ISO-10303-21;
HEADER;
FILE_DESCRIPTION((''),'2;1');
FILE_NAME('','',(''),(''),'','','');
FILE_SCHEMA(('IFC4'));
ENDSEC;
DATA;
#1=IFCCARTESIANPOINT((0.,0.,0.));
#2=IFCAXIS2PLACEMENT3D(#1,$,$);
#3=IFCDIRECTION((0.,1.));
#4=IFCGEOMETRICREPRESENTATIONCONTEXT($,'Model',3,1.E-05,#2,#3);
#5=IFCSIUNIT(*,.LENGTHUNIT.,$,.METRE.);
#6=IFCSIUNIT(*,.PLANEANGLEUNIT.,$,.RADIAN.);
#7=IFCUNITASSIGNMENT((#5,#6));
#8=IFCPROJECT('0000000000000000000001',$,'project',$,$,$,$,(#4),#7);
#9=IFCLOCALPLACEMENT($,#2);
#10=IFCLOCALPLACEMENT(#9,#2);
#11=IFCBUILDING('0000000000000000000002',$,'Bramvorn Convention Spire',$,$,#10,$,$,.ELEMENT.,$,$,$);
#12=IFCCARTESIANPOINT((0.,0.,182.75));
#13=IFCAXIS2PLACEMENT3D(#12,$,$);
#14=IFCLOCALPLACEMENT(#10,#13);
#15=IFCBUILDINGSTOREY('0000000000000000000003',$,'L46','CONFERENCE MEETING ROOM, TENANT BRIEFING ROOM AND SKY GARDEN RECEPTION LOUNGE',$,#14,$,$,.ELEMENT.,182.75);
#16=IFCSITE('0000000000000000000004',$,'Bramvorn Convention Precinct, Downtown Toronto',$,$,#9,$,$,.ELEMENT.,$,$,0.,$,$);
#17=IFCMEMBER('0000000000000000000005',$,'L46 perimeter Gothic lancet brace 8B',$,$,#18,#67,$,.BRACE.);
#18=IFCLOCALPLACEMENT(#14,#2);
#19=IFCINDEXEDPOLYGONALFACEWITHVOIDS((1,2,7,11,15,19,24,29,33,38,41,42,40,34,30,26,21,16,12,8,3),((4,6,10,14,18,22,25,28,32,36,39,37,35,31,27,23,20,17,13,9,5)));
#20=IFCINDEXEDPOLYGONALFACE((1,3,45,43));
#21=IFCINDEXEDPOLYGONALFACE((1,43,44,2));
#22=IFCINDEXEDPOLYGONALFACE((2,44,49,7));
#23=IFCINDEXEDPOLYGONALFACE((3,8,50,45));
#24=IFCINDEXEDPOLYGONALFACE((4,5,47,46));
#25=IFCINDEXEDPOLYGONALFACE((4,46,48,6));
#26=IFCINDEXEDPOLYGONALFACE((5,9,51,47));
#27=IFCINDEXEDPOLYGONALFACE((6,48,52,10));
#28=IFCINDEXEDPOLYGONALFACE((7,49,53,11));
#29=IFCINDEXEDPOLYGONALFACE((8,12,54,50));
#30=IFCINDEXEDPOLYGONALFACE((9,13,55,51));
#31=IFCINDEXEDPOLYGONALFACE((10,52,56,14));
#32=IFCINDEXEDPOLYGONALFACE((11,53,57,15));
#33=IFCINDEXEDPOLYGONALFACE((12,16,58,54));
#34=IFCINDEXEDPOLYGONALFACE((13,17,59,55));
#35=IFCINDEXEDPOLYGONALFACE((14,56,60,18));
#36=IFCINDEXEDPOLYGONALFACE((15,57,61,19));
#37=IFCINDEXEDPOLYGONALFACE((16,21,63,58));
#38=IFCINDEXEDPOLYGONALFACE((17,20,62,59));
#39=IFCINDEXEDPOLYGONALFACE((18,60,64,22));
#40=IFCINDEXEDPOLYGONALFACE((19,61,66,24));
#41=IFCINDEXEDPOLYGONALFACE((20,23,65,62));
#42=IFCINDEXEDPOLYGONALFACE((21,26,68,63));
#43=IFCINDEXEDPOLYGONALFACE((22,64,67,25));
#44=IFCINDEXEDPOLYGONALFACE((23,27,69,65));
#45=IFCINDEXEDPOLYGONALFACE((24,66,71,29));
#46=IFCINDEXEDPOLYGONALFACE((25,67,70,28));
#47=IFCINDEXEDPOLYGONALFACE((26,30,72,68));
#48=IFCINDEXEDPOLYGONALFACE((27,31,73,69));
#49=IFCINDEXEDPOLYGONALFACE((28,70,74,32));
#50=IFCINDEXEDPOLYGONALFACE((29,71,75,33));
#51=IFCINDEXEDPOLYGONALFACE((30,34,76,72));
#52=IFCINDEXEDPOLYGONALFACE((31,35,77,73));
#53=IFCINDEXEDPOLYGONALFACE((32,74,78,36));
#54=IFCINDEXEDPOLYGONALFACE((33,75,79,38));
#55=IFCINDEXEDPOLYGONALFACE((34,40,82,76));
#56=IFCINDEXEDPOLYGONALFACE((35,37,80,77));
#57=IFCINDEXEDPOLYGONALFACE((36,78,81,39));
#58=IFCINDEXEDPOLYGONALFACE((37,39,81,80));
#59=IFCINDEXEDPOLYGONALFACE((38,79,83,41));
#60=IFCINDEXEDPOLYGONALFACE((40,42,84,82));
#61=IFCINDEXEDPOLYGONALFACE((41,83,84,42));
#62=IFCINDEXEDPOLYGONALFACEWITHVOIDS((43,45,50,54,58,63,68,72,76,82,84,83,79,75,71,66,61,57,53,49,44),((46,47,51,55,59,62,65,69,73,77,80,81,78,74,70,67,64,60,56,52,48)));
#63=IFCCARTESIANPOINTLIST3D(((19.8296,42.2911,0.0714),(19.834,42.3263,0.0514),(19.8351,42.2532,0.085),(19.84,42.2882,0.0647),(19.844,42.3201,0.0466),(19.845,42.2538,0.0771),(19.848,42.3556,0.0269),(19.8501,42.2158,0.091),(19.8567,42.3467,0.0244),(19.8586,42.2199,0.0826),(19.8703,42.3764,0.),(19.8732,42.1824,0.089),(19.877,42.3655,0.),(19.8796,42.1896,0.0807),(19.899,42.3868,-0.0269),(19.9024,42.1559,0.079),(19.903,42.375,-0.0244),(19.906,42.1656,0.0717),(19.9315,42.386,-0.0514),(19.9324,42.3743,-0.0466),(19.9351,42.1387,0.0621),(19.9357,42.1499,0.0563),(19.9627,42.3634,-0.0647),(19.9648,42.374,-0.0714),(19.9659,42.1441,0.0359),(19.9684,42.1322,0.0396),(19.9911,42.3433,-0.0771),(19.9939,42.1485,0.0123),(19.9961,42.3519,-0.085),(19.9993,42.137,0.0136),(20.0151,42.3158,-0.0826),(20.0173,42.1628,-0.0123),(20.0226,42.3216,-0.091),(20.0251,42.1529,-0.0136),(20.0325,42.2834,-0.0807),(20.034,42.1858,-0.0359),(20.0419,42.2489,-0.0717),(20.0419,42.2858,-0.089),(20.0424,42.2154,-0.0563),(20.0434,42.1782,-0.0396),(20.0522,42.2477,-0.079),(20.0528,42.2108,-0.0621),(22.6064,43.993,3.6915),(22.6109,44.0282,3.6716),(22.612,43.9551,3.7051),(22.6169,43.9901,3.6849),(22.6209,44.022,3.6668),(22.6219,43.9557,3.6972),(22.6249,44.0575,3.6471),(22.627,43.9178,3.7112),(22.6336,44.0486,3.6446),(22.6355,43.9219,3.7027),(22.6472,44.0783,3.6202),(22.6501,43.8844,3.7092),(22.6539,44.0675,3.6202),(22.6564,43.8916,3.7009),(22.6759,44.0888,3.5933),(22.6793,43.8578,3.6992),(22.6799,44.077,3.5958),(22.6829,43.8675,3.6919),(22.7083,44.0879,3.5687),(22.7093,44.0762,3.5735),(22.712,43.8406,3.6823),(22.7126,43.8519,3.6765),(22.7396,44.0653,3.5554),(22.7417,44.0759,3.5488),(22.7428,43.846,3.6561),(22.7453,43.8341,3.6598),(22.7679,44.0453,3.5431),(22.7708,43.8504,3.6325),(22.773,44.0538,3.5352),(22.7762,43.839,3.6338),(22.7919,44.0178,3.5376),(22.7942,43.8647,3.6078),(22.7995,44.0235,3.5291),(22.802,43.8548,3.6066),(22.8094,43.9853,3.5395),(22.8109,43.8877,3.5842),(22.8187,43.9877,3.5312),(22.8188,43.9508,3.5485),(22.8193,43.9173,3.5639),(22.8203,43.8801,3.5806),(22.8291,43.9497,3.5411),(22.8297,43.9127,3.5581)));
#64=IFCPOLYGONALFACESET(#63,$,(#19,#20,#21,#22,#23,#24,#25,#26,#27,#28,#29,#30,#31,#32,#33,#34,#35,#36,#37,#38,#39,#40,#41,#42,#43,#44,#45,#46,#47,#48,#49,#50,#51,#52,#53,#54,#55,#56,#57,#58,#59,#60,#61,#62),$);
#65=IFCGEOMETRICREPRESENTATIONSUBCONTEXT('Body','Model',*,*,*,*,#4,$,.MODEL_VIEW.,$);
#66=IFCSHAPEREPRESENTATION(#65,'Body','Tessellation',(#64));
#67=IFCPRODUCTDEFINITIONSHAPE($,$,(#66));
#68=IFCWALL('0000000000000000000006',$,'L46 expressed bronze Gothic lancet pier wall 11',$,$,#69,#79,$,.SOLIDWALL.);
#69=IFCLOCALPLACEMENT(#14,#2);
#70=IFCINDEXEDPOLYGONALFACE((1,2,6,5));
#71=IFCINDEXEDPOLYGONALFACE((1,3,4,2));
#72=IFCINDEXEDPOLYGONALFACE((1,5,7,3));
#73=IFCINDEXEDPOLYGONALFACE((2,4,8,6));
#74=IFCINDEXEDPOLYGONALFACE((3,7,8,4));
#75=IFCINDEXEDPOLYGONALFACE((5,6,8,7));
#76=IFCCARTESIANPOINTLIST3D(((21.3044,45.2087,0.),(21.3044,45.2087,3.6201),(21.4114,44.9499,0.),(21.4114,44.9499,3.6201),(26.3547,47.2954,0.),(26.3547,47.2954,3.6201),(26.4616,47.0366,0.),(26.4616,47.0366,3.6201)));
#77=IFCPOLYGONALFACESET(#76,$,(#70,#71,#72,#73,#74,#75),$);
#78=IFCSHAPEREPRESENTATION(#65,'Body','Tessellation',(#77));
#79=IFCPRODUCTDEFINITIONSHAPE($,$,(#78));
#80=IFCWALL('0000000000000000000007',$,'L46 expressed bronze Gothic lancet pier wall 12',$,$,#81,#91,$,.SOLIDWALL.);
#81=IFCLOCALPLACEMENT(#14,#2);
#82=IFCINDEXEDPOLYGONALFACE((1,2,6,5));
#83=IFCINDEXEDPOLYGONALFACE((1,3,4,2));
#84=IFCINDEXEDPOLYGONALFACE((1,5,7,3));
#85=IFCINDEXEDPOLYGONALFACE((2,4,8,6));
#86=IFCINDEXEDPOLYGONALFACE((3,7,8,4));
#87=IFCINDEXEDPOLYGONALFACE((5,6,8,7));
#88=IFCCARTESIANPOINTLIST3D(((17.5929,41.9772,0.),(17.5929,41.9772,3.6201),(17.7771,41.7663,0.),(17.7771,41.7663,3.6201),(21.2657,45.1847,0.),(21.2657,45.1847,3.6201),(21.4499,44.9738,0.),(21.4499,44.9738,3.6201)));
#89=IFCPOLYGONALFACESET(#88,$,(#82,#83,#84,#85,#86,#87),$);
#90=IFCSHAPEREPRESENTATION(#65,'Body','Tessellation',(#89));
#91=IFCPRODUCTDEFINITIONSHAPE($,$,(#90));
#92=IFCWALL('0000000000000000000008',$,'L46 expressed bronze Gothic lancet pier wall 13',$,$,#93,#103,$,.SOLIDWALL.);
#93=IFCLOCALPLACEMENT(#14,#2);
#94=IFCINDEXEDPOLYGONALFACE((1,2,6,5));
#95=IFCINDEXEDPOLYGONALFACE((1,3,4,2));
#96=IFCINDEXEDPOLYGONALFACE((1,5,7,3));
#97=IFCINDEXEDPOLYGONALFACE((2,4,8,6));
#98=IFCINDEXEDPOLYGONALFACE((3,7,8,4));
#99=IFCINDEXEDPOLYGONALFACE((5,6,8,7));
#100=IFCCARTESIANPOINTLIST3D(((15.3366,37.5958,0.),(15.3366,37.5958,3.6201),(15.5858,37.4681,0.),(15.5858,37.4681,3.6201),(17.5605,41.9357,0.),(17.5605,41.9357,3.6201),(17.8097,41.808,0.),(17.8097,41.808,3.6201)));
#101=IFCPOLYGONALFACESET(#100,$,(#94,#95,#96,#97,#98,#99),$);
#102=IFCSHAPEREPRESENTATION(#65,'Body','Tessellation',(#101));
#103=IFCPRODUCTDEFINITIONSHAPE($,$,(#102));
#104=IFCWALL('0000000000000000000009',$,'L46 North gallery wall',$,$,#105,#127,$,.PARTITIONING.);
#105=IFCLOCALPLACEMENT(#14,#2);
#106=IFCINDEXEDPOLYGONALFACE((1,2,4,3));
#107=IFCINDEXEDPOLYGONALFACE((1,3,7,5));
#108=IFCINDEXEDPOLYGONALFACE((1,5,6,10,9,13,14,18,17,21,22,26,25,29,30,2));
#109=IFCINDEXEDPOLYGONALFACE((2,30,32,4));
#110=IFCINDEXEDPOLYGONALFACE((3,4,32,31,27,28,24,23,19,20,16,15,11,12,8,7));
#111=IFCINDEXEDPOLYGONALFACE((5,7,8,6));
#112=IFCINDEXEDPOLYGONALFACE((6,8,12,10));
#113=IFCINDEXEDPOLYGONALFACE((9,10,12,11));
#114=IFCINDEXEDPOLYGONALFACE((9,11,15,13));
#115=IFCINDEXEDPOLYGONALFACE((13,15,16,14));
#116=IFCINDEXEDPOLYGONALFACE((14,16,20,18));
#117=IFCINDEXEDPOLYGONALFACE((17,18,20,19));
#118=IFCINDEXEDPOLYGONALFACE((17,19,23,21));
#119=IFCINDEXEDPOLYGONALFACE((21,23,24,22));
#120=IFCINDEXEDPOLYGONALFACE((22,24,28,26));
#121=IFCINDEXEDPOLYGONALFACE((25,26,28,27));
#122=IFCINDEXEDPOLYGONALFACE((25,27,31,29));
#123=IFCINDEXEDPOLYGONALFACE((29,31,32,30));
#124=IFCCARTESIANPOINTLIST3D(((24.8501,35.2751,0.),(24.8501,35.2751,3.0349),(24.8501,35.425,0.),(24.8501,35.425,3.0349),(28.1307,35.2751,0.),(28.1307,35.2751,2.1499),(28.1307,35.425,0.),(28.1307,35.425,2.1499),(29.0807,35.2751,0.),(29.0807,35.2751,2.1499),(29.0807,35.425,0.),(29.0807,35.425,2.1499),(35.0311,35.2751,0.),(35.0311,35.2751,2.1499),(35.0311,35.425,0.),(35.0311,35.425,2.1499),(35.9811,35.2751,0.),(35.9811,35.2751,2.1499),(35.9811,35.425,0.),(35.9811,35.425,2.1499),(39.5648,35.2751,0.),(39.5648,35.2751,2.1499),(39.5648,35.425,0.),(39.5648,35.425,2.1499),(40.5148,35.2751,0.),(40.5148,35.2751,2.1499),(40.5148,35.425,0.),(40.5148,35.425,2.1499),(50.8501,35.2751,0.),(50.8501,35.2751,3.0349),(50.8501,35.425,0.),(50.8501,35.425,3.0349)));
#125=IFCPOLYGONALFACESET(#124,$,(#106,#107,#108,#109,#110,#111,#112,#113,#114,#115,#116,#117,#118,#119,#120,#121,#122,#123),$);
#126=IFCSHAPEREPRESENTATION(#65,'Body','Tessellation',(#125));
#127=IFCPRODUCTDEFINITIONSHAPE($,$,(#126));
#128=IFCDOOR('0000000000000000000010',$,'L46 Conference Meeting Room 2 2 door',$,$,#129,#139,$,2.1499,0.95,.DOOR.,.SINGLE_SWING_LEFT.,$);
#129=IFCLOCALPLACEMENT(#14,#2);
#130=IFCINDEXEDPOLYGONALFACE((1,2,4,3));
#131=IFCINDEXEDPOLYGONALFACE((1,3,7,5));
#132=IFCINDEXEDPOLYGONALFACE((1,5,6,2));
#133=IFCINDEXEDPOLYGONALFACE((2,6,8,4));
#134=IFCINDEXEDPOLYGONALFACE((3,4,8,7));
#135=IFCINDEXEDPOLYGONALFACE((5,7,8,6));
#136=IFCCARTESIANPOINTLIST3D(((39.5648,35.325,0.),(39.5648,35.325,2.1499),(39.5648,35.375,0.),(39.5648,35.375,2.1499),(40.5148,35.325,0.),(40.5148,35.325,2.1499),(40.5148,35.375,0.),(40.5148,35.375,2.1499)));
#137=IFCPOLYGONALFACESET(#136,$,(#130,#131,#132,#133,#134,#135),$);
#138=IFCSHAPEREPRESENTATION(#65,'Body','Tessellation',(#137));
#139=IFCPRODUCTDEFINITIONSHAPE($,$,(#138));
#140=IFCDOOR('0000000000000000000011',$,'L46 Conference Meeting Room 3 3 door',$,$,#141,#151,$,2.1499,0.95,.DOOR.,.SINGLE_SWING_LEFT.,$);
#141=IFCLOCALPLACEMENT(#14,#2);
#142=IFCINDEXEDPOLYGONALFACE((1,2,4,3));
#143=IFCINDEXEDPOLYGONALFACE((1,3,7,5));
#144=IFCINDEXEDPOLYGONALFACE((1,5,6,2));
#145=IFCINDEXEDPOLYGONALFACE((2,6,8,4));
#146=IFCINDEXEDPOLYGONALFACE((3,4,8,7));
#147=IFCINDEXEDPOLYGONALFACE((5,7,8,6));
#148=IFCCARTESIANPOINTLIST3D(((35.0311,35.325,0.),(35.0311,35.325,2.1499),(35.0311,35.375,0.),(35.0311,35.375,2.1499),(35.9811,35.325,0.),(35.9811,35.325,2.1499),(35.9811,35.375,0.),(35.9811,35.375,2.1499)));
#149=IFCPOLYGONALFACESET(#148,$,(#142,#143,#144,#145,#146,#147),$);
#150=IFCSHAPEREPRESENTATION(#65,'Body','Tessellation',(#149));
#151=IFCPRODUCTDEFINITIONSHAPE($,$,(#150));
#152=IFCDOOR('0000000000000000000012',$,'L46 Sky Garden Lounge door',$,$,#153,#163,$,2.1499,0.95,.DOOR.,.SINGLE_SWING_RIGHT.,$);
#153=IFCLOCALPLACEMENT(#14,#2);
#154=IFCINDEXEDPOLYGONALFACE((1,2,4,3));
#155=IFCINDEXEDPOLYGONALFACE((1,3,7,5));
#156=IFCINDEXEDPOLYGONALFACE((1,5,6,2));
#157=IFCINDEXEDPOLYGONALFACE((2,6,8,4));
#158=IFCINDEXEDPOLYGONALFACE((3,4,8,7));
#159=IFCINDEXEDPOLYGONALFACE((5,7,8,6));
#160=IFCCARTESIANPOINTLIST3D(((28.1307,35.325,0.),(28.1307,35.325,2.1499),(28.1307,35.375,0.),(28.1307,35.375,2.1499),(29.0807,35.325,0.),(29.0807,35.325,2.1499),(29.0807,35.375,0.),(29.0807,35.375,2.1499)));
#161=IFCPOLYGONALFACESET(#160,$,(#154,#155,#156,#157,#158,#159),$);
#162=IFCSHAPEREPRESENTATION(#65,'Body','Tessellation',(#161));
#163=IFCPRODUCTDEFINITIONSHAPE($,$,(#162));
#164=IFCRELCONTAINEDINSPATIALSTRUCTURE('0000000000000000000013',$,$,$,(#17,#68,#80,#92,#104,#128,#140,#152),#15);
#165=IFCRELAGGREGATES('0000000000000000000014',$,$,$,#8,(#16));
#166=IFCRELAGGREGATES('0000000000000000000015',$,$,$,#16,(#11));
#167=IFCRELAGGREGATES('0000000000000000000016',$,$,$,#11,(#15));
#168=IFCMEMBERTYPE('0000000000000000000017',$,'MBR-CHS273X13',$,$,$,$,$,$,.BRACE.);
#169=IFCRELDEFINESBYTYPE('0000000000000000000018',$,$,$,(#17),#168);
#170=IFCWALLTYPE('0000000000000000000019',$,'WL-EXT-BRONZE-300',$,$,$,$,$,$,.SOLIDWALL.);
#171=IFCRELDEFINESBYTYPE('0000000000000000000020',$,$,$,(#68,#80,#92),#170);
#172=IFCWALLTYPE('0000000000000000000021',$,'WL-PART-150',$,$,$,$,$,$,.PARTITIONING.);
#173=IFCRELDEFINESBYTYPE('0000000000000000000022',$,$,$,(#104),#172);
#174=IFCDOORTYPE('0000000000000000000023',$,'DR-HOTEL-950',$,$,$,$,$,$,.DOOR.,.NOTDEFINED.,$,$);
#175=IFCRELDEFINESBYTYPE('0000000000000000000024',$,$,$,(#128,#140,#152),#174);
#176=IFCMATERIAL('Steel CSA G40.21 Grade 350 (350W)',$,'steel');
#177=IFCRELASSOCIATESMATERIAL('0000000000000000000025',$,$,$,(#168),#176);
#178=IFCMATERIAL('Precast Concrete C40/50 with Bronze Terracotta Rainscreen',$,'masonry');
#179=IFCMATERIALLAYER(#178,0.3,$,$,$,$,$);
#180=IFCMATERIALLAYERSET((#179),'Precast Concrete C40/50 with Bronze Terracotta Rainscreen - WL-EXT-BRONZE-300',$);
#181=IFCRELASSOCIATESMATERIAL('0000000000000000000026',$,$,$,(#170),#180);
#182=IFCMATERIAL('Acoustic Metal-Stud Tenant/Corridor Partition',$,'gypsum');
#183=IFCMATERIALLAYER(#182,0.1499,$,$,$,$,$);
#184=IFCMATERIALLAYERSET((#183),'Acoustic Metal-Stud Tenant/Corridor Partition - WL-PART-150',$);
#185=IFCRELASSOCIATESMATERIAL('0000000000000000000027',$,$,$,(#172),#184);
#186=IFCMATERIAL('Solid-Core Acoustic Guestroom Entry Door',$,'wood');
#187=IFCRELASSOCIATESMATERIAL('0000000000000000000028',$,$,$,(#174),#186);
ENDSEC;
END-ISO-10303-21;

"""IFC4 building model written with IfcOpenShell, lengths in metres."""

from ifc_helpers import new_model, si_unit, direction, frame, frame_2d, origin, origin_2d, place, context, subcontext, project, spatial, rectangle, hollow_circle, extrude, material, layer, layer_set, material_profile, profile_set, type_object, element, fill, save


model = new_model("IFC4")

# Units and contexts
model_context = context("Model", 3, precision=1e-05, world=origin(), true_north=direction((0.0, 1.0)))
body_context = subcontext(model_context, "Body", "Model", "MODEL_VIEW")
ifc_project = project(units=[si_unit("LENGTHUNIT", "METRE"), si_unit("PLANEANGLEUNIT", "RADIAN")], contexts=[model_context])

# Site, building, storey
site_placement = place(None, origin())
site = spatial("IfcSite", under=ifc_project, at=site_placement, Name="Bramvorn Convention Precinct, Downtown Toronto", CompositionType="ELEMENT", RefElevation=0.0)
building_placement = place(site_placement, origin())
building = spatial("IfcBuilding", under=site, at=building_placement, Name="Bramvorn Convention Spire", CompositionType="ELEMENT")
storey_placement = place(building_placement, frame((0.0, 0.0, 182.75)))
storey = spatial("IfcBuildingStorey", under=building, at=storey_placement, Name="L46", Description="CONFERENCE MEETING ROOM, TENANT BRIEFING ROOM AND SKY GARDEN RECEPTION LOUNGE", CompositionType="ELEMENT", Elevation=182.75)

# Shared definitions
ifc_material_1 = material(Name="Steel CSA G40.21 Grade 350 (350W)", Category="steel")

# Member
ifc_material_profile_1 = material_profile(ifc_material_1, hollow_circle(Radius=0.1365, WallThickness=0.0127, at=origin_2d()))
ifc_profile_set_1 = profile_set([ifc_material_profile_1], Name="Steel CSA G40.21 Grade 350 (350W) - CHS273X13")
member_type = type_object("IfcMemberType", Name="MBR-CHS273X13", PredefinedType="BRACE", material=ifc_profile_set_1)
member_placement = place(storey_placement, frame((19.9417, 42.26, 0.0), z_axis=(0.570247, 0.349498, 0.743417), x_axis=(-0.522553, 0.852607, 0.0)))
element("IfcMember", 1, at=member_placement, inside=storey, type_object=member_type, Name="L46 perimeter Gothic lancet brace 8B", PredefinedType="BRACE", context=body_context, shape_type="SweptSolid", body=[
    extrude(hollow_circle(Radius=0.1365, WallThickness=0.0127, at=origin_2d()), origin(), (0.0, 0.0, 1.0), 4.8696),
])

# Walls
ifc_material_2 = material(Name="Precast Concrete C40/50 with Bronze Terracotta Rainscreen", Category="masonry")
ifc_layer_1 = layer(ifc_material_2, 0.3)
ifc_layer_set_1 = layer_set([ifc_layer_1], Name="Precast Concrete C40/50 with Bronze Terracotta Rainscreen - WL-EXT-BRONZE-300")
wall_type_1 = type_object("IfcWallType", Name="WL-EXT-BRONZE-300", PredefinedType="SOLIDWALL", material=ifc_layer_set_1)
wall_1_placement = place(storey_placement, frame((21.3579, 45.0793, 0.0), z_axis=(0.0, 0.0, 1.0), x_axis=(0.924218, 0.381866, 0.0)))
element("IfcWall", 2, at=wall_1_placement, inside=storey, type_object=wall_type_1, Name="L46 expressed bronze Gothic lancet pier wall 11", PredefinedType="SOLIDWALL", context=body_context, shape_type="SweptSolid", body=[
    extrude(rectangle(XDim=5.4644, YDim=0.28, at=frame_2d((2.7322, 0.0))), origin(), (0.0, 0.0, 1.0), 3.6201),
])
wall_2_placement = place(storey_placement, frame((17.6851, 41.8718, 0.0), z_axis=(0.0, 0.0, 1.0), x_axis=(0.753209, 0.657781, 0.0)))
element("IfcWall", 3, at=wall_2_placement, inside=storey, type_object=wall_type_1, Name="L46 expressed bronze Gothic lancet pier wall 12", PredefinedType="SOLIDWALL", context=body_context, shape_type="SweptSolid", body=[
    extrude(rectangle(XDim=4.8762, YDim=0.28, at=frame_2d((2.438, 0.0))), origin(), (0.0, 0.0, 1.0), 3.6201),
])
wall_3_placement = place(storey_placement, frame((15.4612, 37.532, 0.0), z_axis=(0.0, 0.0, 1.0), x_axis=(0.456043, 0.889958, 0.0)))
element("IfcWall", 4, at=wall_3_placement, inside=storey, type_object=wall_type_1, Name="L46 expressed bronze Gothic lancet pier wall 13", PredefinedType="SOLIDWALL", context=body_context, shape_type="SweptSolid", body=[
    extrude(rectangle(XDim=4.8765, YDim=0.28, at=frame_2d((2.4382, 0.0))), origin(), (0.0, 0.0, 1.0), 3.6201),
])

# Wall, openings, doors
ifc_material_3 = material(Name="Acoustic Metal-Stud Tenant/Corridor Partition", Category="gypsum")
ifc_layer_2 = layer(ifc_material_3, 0.1499)
ifc_layer_set_2 = layer_set([ifc_layer_2], Name="Acoustic Metal-Stud Tenant/Corridor Partition - WL-PART-150")
wall_type_2 = type_object("IfcWallType", Name="WL-PART-150", PredefinedType="PARTITIONING", material=ifc_layer_set_2)
wall_4_placement = place(storey_placement, frame((24.8501, 35.3501, 0.0), z_axis=(0.0, 0.0, 1.0), x_axis=(1.0, 0.0, 0.0)))
wall_4 = element("IfcWall", 5, at=wall_4_placement, inside=storey, type_object=wall_type_2, Name="L46 North gallery wall", PredefinedType="PARTITIONING", context=body_context, shape_type="SweptSolid", body=[
    extrude(rectangle(XDim=26.0, YDim=0.1499, at=frame_2d((13.0, 0.0))), origin(), (0.0, 0.0, 1.0), 3.0349),
])
opening_1_placement = place(wall_4_placement, frame((14.7146, 0.0, 0.0)))
opening_1 = element("IfcOpeningElement", 6, at=opening_1_placement, cuts=wall_4, PredefinedType="OPENING", context=body_context, shape_type="SweptSolid", body=[
    extrude(rectangle(XDim=0.95, YDim=2.1499, at=frame_2d((0.4751, 1.075))), frame((0.0, 0.085, 0.0), z_axis=(0.0, -1.0, 0.0), x_axis=(1.0, 0.0, 0.0)), (0.0, 0.0, 1.0), 0.1699),
])
opening_2_placement = place(wall_4_placement, frame((10.1809, 0.0, 0.0)))
opening_2 = element("IfcOpeningElement", 7, at=opening_2_placement, cuts=wall_4, PredefinedType="OPENING", context=body_context, shape_type="SweptSolid", body=[
    extrude(rectangle(XDim=0.95, YDim=2.1499, at=frame_2d((0.4751, 1.075))), frame((0.0, 0.085, 0.0), z_axis=(0.0, -1.0, 0.0), x_axis=(1.0, 0.0, 0.0)), (0.0, 0.0, 1.0), 0.1699),
])
opening_3_placement = place(wall_4_placement, frame((3.2805, 0.0, 0.0)))
opening_3 = element("IfcOpeningElement", 8, at=opening_3_placement, cuts=wall_4, PredefinedType="OPENING", context=body_context, shape_type="SweptSolid", body=[
    extrude(rectangle(XDim=0.95, YDim=2.1499, at=frame_2d((0.4751, 1.075))), frame((0.0, 0.085, 0.0), z_axis=(0.0, -1.0, 0.0), x_axis=(1.0, 0.0, 0.0)), (0.0, 0.0, 1.0), 0.1699),
])
ifc_material_4 = material(Name="Solid-Core Acoustic Guestroom Entry Door", Category="wood")
door_type = type_object("IfcDoorType", Name="DR-HOTEL-950", OperationType="NOTDEFINED", PredefinedType="DOOR", material=ifc_material_4)
door_1_placement = place(opening_1_placement, origin())
door_1 = element("IfcDoor", 9, at=door_1_placement, inside=storey, type_object=door_type, Name="L46 Conference Meeting Room 2 2 door", OperationType="SINGLE_SWING_LEFT", OverallHeight=2.1499, OverallWidth=0.95, PredefinedType="DOOR", context=body_context, shape_type="SweptSolid", body=[
    extrude(rectangle(XDim=0.95, YDim=2.1499, at=frame_2d((0.4751, 1.075))), frame((0.0, 0.0249, 0.0), z_axis=(0.0, -1.0, 0.0), x_axis=(1.0, 0.0, 0.0)), (0.0, 0.0, 1.0), 0.05),
])
fill(opening_1, door_1)
door_2_placement = place(opening_2_placement, origin())
door_2 = element("IfcDoor", 10, at=door_2_placement, inside=storey, type_object=door_type, Name="L46 Conference Meeting Room 3 3 door", OperationType="SINGLE_SWING_LEFT", OverallHeight=2.1499, OverallWidth=0.95, PredefinedType="DOOR", context=body_context, shape_type="SweptSolid", body=[
    extrude(rectangle(XDim=0.95, YDim=2.1499, at=frame_2d((0.4751, 1.075))), frame((0.0, 0.0249, 0.0), z_axis=(0.0, -1.0, 0.0), x_axis=(1.0, 0.0, 0.0)), (0.0, 0.0, 1.0), 0.05),
])
fill(opening_2, door_2)
door_3_placement = place(opening_3_placement, origin())
door_3 = element("IfcDoor", 11, at=door_3_placement, inside=storey, type_object=door_type, Name="L46 Sky Garden Lounge door", OperationType="SINGLE_SWING_RIGHT", OverallHeight=2.1499, OverallWidth=0.95, PredefinedType="DOOR", context=body_context, shape_type="SweptSolid", body=[
    extrude(rectangle(XDim=0.95, YDim=2.1499, at=frame_2d((0.4751, 1.075))), frame((0.0, 0.0249, 0.0), z_axis=(0.0, -1.0, 0.0), x_axis=(1.0, 0.0, 0.0)), (0.0, 0.0, 1.0), 0.05),
])
fill(opening_3, door_3)

save(model, "model.ifc")
